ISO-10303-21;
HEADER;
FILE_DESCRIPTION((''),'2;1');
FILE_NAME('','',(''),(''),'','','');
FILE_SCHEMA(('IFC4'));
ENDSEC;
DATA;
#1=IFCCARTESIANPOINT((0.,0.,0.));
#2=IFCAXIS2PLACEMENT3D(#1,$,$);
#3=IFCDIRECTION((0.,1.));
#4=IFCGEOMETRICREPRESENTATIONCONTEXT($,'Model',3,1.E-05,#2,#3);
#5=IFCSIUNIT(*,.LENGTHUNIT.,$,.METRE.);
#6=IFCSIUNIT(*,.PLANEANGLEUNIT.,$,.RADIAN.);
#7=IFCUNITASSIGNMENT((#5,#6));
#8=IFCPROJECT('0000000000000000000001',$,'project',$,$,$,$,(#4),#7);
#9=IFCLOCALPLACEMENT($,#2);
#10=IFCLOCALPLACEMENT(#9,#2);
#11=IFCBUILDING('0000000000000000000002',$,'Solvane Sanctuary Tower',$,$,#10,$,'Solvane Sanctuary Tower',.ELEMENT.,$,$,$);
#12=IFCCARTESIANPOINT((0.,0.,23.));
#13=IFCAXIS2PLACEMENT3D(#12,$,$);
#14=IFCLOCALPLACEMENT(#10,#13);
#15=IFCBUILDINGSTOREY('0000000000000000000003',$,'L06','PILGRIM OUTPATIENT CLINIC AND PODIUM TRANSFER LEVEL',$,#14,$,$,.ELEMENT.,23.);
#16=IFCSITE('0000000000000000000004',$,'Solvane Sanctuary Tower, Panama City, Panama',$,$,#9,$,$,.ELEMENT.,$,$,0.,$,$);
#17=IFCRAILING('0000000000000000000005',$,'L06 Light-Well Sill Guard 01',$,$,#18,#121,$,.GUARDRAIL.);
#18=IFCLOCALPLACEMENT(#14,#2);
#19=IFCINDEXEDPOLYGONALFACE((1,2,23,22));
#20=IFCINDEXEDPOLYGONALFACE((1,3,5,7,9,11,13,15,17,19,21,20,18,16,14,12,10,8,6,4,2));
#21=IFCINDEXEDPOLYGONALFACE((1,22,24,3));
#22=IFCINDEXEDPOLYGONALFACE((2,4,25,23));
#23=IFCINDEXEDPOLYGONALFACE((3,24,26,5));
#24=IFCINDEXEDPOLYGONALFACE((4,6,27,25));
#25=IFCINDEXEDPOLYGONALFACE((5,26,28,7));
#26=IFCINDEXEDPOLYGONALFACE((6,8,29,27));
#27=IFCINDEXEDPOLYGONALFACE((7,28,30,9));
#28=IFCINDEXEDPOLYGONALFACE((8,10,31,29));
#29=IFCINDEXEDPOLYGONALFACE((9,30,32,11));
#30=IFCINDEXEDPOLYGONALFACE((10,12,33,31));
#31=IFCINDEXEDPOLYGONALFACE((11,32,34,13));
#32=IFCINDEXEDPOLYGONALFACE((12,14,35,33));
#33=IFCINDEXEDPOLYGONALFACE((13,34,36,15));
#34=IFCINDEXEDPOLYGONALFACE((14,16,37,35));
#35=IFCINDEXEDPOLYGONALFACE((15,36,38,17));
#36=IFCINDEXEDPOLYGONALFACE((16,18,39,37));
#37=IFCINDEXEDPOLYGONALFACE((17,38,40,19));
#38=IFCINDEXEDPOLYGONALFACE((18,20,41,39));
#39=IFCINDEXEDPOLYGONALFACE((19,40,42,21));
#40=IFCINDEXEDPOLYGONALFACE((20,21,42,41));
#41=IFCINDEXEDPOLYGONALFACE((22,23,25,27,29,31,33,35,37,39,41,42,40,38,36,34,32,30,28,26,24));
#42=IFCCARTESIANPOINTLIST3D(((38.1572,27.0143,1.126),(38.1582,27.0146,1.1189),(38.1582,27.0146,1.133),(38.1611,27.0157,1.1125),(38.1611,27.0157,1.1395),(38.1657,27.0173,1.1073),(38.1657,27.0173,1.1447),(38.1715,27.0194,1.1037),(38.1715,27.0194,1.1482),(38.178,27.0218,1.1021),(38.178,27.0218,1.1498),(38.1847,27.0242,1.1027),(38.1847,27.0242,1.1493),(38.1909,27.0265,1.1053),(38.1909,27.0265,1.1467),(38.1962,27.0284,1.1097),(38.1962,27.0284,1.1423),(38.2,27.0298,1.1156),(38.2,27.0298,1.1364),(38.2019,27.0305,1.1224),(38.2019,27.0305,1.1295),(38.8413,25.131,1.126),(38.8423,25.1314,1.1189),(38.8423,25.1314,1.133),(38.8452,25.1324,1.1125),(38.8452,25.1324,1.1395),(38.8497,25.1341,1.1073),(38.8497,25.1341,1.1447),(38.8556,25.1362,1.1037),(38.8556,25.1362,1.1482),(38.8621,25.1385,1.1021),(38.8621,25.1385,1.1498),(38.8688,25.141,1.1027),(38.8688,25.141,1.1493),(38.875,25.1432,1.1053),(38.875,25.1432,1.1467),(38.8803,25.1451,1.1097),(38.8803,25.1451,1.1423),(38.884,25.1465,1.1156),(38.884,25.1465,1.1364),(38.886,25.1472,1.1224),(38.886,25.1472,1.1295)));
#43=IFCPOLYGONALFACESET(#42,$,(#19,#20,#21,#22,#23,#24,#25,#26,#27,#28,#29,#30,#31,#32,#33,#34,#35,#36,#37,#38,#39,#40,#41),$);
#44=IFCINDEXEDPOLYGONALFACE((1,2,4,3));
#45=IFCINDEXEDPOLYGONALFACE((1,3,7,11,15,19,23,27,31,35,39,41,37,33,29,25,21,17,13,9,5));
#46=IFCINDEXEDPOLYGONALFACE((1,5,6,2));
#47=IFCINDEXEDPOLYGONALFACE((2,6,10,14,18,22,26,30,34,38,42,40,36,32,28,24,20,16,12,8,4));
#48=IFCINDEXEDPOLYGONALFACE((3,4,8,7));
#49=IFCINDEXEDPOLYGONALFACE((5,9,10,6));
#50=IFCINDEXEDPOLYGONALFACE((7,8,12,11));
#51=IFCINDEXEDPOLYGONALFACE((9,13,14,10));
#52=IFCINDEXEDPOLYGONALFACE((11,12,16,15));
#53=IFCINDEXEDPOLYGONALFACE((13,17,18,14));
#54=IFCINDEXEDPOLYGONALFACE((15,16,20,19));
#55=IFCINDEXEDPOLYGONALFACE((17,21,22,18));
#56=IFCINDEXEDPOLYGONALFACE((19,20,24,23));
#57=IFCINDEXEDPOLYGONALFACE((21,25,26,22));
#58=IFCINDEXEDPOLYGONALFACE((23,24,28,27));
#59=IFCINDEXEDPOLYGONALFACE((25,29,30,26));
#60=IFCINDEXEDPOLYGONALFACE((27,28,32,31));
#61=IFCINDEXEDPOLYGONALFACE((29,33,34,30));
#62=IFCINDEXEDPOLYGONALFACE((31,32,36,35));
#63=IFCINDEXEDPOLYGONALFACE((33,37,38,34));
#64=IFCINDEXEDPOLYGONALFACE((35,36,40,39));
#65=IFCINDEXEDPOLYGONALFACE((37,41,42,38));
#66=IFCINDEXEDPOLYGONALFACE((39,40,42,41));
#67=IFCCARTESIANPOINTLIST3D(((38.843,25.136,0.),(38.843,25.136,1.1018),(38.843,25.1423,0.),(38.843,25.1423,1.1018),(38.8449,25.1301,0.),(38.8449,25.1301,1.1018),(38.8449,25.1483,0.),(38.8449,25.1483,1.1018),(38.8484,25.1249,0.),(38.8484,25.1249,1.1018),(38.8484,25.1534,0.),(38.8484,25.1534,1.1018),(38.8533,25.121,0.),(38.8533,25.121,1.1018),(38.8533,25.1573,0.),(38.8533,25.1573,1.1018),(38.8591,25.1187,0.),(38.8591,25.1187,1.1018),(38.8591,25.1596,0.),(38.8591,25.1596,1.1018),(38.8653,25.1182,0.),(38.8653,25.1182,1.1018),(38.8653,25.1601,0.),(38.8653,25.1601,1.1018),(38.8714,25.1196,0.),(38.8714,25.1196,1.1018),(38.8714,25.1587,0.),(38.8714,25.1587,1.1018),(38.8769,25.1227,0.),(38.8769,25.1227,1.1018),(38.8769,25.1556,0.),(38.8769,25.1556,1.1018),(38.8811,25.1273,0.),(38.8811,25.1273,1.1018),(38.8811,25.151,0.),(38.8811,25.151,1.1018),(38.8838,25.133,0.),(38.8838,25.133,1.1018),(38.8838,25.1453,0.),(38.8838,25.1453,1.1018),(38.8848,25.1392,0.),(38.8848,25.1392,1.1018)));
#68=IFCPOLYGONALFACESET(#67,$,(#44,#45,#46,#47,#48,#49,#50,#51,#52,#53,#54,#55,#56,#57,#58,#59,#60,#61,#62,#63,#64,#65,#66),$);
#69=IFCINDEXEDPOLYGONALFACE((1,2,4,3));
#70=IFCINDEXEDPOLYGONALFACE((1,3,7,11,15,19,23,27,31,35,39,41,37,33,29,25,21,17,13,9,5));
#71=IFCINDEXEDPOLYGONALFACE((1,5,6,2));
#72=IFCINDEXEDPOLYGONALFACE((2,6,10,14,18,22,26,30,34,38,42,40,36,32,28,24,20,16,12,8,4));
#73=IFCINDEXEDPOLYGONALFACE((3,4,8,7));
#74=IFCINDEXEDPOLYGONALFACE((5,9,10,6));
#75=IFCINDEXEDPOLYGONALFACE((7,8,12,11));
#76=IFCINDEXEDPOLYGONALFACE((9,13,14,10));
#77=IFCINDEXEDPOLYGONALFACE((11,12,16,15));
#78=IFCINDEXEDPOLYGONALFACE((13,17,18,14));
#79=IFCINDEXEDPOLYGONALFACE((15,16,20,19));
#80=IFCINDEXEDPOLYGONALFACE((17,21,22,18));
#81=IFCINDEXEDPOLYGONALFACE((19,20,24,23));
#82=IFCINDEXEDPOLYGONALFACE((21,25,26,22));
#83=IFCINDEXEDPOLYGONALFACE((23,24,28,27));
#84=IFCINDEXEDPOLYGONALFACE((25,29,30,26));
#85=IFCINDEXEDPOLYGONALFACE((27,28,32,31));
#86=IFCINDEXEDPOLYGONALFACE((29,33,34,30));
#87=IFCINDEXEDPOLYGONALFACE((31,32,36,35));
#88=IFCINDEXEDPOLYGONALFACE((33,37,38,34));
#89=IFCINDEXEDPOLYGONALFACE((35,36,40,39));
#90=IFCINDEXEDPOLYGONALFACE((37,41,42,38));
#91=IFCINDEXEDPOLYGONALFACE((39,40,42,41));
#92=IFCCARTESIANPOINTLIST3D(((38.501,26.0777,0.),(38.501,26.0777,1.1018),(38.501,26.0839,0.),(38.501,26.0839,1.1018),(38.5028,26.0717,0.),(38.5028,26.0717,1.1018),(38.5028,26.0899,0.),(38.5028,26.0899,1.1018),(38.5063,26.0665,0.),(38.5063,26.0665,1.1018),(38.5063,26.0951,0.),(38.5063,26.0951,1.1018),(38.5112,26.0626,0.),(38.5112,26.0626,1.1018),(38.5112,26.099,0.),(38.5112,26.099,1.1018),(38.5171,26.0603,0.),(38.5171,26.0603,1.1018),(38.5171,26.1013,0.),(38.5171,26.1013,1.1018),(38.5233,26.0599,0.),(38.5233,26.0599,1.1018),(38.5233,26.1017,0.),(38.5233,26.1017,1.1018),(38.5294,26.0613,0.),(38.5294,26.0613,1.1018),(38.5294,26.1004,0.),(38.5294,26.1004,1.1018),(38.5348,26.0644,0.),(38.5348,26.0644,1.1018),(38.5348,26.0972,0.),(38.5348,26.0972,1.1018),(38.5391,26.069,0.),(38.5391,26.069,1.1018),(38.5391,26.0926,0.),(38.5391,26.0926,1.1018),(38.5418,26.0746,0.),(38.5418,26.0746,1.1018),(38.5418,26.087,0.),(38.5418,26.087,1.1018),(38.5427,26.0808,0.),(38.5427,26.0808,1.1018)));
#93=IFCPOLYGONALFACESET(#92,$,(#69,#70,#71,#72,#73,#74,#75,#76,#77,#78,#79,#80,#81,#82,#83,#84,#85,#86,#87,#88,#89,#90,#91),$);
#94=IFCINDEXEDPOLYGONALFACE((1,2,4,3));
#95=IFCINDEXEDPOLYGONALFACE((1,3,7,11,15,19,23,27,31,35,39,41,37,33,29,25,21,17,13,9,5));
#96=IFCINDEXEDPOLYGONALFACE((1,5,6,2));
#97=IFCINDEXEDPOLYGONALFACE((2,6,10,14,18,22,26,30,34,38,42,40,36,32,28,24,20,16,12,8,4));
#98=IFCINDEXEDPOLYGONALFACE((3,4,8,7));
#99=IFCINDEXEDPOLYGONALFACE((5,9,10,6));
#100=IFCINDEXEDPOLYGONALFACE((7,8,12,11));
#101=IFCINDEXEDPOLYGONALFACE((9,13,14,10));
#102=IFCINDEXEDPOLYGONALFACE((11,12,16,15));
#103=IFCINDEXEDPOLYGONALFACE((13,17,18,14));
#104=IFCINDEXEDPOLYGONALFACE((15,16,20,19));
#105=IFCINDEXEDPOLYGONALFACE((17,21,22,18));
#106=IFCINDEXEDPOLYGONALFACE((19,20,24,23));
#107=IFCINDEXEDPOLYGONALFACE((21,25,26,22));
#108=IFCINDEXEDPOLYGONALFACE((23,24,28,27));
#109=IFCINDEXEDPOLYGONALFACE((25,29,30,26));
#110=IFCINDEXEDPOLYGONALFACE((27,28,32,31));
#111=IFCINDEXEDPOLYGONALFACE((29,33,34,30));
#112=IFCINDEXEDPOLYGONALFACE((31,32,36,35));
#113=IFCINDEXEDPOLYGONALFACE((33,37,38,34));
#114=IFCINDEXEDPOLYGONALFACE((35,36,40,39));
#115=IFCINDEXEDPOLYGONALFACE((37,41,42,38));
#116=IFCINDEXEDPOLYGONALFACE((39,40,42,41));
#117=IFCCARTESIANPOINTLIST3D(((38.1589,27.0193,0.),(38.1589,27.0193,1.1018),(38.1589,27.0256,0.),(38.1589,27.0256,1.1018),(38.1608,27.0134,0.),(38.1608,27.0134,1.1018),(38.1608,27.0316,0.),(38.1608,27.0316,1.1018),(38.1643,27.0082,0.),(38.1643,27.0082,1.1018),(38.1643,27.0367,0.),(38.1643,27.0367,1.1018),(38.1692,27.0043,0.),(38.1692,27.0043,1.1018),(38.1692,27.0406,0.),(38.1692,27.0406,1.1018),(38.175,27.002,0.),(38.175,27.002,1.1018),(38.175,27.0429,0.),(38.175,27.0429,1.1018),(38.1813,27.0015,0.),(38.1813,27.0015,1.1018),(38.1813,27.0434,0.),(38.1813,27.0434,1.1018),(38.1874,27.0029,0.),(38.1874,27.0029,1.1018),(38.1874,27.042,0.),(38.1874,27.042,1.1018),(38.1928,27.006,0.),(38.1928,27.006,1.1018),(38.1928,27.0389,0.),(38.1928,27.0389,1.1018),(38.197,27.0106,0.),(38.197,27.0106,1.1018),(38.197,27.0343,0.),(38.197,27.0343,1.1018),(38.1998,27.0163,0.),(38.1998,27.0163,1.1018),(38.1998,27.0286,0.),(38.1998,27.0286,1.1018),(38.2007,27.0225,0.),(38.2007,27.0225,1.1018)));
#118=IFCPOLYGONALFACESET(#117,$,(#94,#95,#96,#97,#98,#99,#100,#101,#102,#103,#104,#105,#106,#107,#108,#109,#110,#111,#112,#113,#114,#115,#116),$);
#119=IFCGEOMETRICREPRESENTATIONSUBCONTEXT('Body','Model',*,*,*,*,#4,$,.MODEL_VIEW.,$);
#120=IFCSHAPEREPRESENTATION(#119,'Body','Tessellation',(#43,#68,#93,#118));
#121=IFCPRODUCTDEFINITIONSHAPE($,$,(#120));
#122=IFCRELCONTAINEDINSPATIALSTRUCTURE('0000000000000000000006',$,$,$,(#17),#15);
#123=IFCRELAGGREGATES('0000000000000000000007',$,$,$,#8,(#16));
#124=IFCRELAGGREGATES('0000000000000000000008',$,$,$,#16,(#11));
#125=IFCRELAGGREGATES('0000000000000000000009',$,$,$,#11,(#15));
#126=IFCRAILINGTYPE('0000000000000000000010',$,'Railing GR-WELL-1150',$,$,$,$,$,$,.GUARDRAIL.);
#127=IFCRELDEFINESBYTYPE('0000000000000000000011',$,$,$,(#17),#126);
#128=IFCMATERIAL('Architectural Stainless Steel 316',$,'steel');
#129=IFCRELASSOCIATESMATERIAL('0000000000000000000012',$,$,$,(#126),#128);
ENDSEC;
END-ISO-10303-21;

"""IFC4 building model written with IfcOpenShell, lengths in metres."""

from ifc_helpers import new_model, si_unit, direction, frame, origin, origin_2d, place, context, subcontext, project, spatial, circle, extrude, material, type_object, element, save


model = new_model("IFC4")

# Units and contexts
model_context = context("Model", 3, precision=1e-05, world=origin(), true_north=direction((0.0, 1.0)))
body_context = subcontext(model_context, "Body", "Model", "MODEL_VIEW")
ifc_project = project(units=[si_unit("LENGTHUNIT", "METRE"), si_unit("PLANEANGLEUNIT", "RADIAN")], contexts=[model_context])

# Site, building, storey
site_placement = place(None, origin())
site = spatial("IfcSite", under=ifc_project, at=site_placement, Name="Solvane Sanctuary Tower, Panama City, Panama", CompositionType="ELEMENT", RefElevation=0.0)
building_placement = place(site_placement, origin())
building = spatial("IfcBuilding", under=site, at=building_placement, Name="Solvane Sanctuary Tower", LongName="Solvane Sanctuary Tower", CompositionType="ELEMENT")
storey_placement = place(building_placement, frame((0.0, 0.0, 23.0)))
storey = spatial("IfcBuildingStorey", under=building, at=storey_placement, Name="L06", Description="PILGRIM OUTPATIENT CLINIC AND PODIUM TRANSFER LEVEL", CompositionType="ELEMENT", Elevation=23.0)

# Shared definitions
ifc_material_1 = material(Name="Architectural Stainless Steel 316", Category="steel")

# Railing
railing_type = type_object("IfcRailingType", Name="Railing GR-WELL-1150", PredefinedType="GUARDRAIL", material=ifc_material_1)
railing_1_placement = place(storey_placement, frame((38.8638, 25.1392, 0.0)))
element("IfcRailing", 1, at=railing_1_placement, inside=storey, type_object=railing_type, Name="L06 Light-Well Sill Guard 01", PredefinedType="GUARDRAIL", context=body_context, shape_type="SweptSolid", body=[
    extrude(circle(Radius=0.0239, at=origin_2d()), frame((0.0, 0.0, 1.126), z_axis=(-0.34141, 0.939914, 0.0), x_axis=(-0.939914, -0.34141, 0.0)), (0.0, 0.0, 1.0), 2.0037),
    extrude(circle(Radius=0.021, at=origin_2d()), origin(), (0.0, 0.0, 1.0), 1.1018),
    extrude(circle(Radius=0.021, at=origin_2d()), frame((-0.342, 0.9417, 0.0)), (0.0, 0.0, 1.0), 1.1018),
    extrude(circle(Radius=0.021, at=origin_2d()), frame((-0.6841, 1.8833, 0.0)), (0.0, 0.0, 1.0), 1.1018),
])

save(model, "model.ifc")
